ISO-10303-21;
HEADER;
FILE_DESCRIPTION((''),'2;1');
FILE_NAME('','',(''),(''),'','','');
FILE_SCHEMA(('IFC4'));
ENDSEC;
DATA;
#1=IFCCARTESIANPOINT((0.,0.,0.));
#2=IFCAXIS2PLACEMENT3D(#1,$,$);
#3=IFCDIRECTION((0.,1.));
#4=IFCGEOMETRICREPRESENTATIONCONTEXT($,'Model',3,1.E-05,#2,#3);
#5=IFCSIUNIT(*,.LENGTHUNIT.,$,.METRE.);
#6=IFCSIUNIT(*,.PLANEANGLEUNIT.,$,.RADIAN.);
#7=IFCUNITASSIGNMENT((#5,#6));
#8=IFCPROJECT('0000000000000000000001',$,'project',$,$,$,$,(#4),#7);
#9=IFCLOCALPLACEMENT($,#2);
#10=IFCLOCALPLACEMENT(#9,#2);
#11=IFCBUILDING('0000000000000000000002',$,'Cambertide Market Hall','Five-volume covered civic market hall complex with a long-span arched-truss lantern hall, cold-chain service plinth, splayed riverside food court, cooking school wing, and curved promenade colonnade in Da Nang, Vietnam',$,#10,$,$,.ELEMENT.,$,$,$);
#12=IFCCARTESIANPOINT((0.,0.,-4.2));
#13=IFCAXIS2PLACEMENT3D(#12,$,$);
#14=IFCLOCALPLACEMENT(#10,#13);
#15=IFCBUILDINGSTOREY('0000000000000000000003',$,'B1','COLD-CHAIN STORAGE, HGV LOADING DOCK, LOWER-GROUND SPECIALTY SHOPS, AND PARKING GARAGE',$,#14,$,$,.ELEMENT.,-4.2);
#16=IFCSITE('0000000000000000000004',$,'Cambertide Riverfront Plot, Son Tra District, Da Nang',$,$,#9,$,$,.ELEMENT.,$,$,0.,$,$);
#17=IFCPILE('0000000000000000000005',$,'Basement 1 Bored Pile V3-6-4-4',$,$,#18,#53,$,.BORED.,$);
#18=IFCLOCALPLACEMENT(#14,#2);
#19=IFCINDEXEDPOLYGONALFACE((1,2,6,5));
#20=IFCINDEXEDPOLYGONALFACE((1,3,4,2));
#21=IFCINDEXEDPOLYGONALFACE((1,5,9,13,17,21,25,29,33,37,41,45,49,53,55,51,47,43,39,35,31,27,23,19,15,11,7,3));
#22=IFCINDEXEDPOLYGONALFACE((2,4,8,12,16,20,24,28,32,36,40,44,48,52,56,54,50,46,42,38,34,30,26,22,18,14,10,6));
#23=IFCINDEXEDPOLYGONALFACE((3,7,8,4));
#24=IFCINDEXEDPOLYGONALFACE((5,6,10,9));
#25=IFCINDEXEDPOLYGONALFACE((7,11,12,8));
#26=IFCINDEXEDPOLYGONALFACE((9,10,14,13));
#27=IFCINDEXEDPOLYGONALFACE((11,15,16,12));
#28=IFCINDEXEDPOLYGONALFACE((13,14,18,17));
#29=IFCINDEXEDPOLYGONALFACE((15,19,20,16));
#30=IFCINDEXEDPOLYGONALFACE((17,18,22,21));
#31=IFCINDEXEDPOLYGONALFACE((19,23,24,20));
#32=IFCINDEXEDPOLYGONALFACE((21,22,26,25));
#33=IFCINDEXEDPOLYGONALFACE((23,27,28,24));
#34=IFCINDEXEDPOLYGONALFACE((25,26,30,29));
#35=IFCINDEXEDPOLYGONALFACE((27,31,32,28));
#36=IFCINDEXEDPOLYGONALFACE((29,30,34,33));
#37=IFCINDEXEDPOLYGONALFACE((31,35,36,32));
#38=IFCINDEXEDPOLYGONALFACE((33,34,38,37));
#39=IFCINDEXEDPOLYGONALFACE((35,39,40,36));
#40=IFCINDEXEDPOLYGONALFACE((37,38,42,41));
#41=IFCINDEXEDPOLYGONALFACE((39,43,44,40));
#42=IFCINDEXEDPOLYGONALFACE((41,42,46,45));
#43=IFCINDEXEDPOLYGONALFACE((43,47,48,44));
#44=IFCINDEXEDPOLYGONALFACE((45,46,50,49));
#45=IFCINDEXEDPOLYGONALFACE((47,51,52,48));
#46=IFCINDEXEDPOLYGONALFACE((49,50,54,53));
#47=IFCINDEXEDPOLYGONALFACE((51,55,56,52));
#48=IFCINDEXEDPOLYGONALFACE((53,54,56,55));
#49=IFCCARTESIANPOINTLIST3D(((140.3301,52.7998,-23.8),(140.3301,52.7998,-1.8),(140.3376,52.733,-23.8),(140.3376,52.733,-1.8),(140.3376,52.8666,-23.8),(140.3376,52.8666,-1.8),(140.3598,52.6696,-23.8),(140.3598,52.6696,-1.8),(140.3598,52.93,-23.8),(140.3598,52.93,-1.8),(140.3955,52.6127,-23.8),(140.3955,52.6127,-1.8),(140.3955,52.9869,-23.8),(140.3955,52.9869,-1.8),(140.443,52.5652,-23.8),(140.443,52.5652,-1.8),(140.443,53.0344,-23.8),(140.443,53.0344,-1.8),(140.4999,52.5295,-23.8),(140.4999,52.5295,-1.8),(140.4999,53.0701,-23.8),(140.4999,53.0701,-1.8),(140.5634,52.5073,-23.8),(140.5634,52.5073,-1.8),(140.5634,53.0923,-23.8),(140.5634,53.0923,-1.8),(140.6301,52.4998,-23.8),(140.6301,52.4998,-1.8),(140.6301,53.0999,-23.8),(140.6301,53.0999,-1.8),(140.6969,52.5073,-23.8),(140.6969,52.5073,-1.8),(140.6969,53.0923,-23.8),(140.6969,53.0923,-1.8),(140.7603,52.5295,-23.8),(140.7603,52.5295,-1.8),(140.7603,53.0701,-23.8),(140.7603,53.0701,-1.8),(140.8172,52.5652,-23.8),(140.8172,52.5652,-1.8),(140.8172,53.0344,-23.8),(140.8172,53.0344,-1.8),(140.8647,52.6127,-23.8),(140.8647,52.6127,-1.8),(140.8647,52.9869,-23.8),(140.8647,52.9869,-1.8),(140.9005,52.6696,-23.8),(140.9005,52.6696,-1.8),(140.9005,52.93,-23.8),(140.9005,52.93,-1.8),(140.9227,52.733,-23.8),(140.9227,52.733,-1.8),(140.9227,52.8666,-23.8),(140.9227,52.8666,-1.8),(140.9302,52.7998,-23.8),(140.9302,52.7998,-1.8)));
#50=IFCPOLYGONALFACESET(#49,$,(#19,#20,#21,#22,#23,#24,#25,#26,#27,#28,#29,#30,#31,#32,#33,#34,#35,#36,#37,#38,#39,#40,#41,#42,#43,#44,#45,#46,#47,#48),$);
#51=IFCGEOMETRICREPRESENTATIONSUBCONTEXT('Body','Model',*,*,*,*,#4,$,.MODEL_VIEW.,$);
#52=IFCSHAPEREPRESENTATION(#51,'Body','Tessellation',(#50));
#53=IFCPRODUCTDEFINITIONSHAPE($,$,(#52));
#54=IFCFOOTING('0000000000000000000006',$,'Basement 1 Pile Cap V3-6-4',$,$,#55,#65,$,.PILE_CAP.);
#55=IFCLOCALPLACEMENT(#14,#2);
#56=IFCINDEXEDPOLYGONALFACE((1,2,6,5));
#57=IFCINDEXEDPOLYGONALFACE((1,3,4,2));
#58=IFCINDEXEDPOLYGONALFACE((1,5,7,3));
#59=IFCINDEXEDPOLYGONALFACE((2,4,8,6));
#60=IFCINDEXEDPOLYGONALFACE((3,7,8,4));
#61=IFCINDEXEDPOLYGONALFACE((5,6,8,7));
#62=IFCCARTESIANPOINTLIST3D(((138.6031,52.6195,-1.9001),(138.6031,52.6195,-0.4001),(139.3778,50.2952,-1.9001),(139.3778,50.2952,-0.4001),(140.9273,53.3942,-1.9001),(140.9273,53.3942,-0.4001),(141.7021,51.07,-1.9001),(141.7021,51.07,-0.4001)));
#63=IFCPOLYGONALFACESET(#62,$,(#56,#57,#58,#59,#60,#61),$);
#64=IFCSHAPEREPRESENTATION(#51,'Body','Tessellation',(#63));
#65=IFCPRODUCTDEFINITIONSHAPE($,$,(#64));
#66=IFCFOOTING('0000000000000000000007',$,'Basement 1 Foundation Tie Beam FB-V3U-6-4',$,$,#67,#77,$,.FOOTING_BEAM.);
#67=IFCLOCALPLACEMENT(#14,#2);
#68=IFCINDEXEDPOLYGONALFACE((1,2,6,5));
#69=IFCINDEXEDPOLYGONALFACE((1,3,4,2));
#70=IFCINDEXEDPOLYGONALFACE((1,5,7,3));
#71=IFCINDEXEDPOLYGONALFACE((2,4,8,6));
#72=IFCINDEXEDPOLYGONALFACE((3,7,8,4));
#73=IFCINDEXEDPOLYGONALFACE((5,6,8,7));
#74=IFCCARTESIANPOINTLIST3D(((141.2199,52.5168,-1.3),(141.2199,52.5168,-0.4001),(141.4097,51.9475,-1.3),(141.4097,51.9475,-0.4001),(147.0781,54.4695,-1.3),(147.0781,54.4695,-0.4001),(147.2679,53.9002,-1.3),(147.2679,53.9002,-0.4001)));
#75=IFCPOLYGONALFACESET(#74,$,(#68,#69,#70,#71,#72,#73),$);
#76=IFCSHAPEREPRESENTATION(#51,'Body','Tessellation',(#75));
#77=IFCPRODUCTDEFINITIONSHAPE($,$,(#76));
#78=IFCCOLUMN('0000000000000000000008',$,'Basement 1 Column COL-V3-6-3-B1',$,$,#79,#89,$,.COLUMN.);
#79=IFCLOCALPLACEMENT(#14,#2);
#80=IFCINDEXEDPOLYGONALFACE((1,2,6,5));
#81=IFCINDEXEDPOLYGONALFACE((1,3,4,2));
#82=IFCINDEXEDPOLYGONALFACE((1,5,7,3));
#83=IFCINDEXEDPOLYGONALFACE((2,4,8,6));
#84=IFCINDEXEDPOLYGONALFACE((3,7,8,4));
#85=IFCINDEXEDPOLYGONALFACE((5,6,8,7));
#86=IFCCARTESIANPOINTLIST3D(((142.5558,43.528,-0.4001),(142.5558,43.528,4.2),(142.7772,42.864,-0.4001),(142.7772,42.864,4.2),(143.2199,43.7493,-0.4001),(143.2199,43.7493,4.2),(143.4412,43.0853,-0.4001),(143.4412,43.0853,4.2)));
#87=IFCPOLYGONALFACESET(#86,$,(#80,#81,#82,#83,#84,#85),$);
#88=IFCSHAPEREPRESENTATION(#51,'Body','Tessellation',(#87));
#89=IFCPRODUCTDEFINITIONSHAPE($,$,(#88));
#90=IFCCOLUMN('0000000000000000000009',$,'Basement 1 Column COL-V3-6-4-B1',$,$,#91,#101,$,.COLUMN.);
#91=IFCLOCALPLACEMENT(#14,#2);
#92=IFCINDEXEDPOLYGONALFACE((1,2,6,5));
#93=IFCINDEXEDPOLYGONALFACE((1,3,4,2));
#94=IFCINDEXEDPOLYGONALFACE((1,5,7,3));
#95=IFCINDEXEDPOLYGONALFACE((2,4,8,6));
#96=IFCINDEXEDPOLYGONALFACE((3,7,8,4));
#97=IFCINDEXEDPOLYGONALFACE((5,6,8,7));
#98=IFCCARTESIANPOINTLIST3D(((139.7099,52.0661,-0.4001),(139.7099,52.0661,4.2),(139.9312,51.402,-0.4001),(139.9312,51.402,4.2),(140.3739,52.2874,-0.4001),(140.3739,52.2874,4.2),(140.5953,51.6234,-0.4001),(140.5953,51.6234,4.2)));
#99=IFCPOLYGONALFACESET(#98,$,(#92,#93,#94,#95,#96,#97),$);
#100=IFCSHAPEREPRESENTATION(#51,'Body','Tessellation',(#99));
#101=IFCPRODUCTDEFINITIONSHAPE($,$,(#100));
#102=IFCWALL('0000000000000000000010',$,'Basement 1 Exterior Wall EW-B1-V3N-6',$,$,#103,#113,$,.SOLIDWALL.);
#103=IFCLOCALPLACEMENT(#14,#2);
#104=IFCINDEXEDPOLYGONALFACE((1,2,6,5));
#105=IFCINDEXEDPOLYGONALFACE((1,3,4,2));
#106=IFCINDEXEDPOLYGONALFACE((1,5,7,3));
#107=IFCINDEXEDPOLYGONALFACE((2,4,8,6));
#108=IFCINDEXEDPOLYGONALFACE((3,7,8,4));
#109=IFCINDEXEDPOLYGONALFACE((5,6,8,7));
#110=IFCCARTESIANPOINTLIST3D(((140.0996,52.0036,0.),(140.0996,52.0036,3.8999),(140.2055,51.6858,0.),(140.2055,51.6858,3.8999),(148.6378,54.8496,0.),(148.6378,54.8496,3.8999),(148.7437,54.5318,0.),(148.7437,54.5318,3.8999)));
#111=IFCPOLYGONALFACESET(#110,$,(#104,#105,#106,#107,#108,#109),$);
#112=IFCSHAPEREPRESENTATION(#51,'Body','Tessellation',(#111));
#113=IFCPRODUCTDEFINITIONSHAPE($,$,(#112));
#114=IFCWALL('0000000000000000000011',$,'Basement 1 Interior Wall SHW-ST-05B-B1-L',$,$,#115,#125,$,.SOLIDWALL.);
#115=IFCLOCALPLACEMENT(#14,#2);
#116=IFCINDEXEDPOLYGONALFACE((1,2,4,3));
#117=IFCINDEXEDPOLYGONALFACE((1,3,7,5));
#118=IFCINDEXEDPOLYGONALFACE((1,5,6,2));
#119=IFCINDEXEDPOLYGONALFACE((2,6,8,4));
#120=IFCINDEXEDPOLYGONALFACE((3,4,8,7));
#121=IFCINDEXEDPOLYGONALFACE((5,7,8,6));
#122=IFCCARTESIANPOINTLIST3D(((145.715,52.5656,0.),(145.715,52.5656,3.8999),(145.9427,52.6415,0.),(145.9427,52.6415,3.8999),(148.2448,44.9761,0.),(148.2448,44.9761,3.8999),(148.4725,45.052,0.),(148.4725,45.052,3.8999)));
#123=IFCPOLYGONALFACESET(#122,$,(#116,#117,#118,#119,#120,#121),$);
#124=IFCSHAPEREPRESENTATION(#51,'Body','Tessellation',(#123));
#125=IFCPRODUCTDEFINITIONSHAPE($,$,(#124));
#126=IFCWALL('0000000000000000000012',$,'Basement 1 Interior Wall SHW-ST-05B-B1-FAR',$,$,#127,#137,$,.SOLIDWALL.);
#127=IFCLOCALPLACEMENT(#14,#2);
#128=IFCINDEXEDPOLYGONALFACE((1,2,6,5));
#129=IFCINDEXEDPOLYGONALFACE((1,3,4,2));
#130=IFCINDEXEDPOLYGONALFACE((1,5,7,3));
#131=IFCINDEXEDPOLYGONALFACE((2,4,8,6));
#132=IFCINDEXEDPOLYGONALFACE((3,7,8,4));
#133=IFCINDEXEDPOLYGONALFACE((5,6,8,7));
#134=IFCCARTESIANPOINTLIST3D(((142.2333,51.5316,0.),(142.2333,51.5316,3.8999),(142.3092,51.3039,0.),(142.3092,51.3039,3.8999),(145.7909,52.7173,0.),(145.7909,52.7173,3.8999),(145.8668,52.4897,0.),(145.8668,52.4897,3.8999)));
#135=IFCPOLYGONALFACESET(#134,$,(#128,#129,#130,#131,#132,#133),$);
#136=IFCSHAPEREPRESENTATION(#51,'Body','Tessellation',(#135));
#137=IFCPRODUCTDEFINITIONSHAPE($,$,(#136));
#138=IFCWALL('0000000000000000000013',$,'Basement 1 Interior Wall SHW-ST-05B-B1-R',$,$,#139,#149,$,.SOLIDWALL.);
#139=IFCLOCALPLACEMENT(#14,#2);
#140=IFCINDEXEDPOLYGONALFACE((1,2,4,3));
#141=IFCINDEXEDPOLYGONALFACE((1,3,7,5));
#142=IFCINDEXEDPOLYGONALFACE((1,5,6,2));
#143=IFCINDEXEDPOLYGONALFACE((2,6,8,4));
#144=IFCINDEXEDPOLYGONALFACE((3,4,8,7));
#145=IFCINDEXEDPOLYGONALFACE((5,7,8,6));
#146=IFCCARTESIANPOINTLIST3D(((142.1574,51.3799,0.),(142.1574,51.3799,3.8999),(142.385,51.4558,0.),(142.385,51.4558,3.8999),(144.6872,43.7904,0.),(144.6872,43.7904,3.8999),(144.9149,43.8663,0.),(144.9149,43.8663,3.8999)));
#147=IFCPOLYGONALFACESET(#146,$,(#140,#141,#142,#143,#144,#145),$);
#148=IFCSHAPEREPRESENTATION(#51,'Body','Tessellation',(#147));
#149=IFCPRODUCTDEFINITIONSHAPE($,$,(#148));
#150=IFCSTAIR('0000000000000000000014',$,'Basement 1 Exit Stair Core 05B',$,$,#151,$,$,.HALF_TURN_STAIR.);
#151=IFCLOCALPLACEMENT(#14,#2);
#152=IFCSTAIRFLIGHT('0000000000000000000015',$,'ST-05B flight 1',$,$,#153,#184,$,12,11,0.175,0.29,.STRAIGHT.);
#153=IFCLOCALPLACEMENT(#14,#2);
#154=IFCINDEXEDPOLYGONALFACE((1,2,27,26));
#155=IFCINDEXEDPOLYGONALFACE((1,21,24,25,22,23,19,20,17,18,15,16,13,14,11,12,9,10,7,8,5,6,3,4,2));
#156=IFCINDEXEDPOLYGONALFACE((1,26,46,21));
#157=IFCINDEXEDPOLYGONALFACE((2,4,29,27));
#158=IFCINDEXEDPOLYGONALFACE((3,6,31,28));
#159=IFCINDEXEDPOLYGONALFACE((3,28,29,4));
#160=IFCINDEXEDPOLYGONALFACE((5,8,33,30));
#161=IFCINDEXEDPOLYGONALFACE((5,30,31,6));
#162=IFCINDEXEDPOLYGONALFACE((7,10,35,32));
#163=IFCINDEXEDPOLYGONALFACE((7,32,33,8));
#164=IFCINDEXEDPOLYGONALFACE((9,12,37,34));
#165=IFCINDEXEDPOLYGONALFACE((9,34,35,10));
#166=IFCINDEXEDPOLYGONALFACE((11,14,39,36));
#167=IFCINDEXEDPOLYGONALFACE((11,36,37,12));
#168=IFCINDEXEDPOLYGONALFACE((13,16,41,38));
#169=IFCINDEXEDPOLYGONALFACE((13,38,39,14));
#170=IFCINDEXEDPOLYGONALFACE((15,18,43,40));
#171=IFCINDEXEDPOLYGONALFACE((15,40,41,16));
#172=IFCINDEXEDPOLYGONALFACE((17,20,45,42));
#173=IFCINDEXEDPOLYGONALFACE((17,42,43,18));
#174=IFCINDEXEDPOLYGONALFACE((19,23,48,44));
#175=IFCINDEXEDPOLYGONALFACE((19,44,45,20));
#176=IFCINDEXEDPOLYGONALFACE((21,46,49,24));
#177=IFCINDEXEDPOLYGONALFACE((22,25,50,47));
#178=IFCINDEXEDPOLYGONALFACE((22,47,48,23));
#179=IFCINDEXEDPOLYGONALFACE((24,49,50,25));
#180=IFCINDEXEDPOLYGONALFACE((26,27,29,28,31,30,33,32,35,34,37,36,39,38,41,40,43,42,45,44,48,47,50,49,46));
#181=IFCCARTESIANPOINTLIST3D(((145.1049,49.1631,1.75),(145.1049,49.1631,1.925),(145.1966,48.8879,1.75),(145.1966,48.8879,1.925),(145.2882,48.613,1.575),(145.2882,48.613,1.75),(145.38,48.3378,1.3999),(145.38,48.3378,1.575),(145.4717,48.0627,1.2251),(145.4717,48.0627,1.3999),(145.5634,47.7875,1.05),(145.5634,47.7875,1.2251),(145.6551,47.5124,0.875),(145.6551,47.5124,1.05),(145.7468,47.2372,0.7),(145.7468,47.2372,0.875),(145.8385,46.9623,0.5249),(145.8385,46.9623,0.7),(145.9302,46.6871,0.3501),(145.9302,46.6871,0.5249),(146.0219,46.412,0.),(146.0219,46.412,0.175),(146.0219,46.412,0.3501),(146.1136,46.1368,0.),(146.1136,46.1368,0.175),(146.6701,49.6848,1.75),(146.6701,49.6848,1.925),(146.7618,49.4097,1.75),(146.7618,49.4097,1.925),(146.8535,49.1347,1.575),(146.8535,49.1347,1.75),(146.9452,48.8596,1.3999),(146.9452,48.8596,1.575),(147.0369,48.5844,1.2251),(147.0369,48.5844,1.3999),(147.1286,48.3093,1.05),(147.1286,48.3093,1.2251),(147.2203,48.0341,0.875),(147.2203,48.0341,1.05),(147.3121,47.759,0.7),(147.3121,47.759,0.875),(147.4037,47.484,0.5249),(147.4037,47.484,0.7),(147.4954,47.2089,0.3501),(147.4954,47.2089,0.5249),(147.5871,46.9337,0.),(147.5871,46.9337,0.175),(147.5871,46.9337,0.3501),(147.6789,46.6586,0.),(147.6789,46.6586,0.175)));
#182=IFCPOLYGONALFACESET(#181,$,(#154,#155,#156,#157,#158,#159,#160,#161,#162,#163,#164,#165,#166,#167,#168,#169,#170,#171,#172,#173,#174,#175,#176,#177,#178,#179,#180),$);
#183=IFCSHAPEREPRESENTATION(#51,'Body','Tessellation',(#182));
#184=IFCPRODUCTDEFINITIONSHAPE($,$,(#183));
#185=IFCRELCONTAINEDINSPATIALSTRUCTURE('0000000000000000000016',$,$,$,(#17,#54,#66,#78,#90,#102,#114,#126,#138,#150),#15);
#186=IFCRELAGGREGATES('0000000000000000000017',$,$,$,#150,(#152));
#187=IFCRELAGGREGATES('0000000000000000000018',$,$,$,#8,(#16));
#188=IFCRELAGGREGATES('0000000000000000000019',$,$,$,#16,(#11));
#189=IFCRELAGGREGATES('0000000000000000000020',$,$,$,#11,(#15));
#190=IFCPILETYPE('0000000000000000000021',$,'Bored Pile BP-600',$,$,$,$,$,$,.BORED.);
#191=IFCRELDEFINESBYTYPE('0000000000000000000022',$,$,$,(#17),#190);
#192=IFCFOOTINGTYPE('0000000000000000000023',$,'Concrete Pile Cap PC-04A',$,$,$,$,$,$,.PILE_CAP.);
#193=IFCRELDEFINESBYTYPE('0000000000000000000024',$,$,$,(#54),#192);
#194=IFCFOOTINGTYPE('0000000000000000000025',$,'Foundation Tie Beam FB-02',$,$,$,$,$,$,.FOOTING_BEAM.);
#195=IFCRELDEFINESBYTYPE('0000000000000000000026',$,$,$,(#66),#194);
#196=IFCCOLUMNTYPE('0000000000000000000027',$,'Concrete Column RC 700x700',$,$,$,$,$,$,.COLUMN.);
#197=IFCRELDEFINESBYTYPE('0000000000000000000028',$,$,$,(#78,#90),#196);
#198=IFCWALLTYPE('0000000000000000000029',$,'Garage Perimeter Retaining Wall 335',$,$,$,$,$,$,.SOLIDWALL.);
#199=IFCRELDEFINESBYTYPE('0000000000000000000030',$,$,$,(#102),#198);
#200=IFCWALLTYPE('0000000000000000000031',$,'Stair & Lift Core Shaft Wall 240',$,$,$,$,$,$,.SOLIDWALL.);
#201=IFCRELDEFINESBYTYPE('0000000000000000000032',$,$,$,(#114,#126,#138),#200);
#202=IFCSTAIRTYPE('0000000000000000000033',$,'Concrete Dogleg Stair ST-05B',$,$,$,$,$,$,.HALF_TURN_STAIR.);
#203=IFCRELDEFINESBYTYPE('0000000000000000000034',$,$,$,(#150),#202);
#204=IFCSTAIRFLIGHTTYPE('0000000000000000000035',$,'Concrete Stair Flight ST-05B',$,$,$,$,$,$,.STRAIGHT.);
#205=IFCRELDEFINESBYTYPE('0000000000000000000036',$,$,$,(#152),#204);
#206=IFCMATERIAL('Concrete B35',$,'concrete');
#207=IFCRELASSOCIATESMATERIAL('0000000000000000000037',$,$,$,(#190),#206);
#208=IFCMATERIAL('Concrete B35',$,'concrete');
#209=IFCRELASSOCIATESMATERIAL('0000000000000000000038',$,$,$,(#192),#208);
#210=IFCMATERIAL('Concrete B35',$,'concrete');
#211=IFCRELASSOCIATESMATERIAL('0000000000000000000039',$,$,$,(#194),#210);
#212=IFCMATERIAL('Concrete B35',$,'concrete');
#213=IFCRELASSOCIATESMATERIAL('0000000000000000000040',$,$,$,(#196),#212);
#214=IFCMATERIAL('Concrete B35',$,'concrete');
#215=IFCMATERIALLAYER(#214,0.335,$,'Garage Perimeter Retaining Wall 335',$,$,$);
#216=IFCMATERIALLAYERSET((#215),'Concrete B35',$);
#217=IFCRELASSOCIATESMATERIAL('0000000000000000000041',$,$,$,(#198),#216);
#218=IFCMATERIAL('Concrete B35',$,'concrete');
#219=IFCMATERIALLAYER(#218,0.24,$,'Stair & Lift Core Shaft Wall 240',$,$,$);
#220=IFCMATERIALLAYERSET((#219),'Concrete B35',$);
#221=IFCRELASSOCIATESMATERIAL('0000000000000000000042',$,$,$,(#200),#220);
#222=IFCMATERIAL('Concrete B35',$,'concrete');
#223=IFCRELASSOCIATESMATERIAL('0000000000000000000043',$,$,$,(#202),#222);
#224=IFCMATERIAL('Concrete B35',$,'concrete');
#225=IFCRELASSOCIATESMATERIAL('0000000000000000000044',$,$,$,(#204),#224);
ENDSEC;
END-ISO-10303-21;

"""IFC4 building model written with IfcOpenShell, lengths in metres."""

from ifc_helpers import new_model, si_unit, direction, frame, frame_2d, origin, origin_2d, place, context, subcontext, project, spatial, polyline, rectangle, circle, outline, extrude, material, layer, layer_set, material_profile, profile_set, type_object, element, aggregate, save


model = new_model("IFC4")

# Units and contexts
model_context = context("Model", 3, precision=1e-05, world=origin(), true_north=direction((0.0, 1.0)))
body_context = subcontext(model_context, "Body", "Model", "MODEL_VIEW")
ifc_project = project(units=[si_unit("LENGTHUNIT", "METRE"), si_unit("PLANEANGLEUNIT", "RADIAN")], contexts=[model_context])

# Site, building, storey
site_placement = place(None, origin())
site = spatial("IfcSite", under=ifc_project, at=site_placement, Name="Cambertide Riverfront Plot, Son Tra District, Da Nang", CompositionType="ELEMENT", RefElevation=0.0)
building_placement = place(site_placement, origin())
building = spatial("IfcBuilding", under=site, at=building_placement, Name="Cambertide Market Hall", Description="Five-volume covered civic market hall complex with a long-span arched-truss lantern hall, cold-chain service plinth, splayed riverside food court, cooking school wing, and curved promenade colonnade in Da Nang, Vietnam", CompositionType="ELEMENT")
storey_placement = place(building_placement, frame((0.0, 0.0, -4.2)))
storey = spatial("IfcBuildingStorey", under=building, at=storey_placement, Name="B1", Description="COLD-CHAIN STORAGE, HGV LOADING DOCK, LOWER-GROUND SPECIALTY SHOPS, AND PARKING GARAGE", CompositionType="ELEMENT", Elevation=-4.2)

# Pile
ifc_material_1 = material(Name="Concrete B35", Category="concrete")
ifc_material_profile_1 = material_profile(ifc_material_1, circle(Radius=0.3, at=origin_2d()), Name="BP D600")
ifc_profile_set_1 = profile_set([ifc_material_profile_1], Name="Concrete B35")
pile_type = type_object("IfcPileType", Name="Bored Pile BP-600", PredefinedType="BORED", material=ifc_profile_set_1)
for number, where, z_axis, x_axis, name in (
    (1, (140.6301, 52.7998, -1.8), (0.0, 0.0, -1.0), (1.0, 0.0, 0.0), "Basement 1 Bored Pile V3-6-4-4"),
):
    element("IfcPile", number, at=place(storey_placement, frame(where, z_axis=z_axis, x_axis=x_axis)), inside=storey, type_object=pile_type, Name=name, PredefinedType="BORED", context=body_context, shape_type="SweptSolid", body=[
        extrude(circle(Radius=0.3, at=origin_2d()), origin(), (0.0, 0.0, 1.0), 22.0),
    ])

# Footings
ifc_material_2 = material(Name="Concrete B35", Category="concrete")
footing_type_1 = type_object("IfcFootingType", Name="Concrete Pile Cap PC-04A", PredefinedType="PILE_CAP", material=ifc_material_2)
footing_1_placement = place(storey_placement, frame((140.1526, 51.8447, -1.9001), z_axis=(0.0, 0.0, 1.0), x_axis=(0.948683, 0.316228, 0.0)))
element("IfcFooting", 2, at=footing_1_placement, inside=storey, type_object=footing_type_1, Name="Basement 1 Pile Cap V3-6-4", PredefinedType="PILE_CAP", context=body_context, shape_type="SweptSolid", body=[
    extrude(rectangle(XDim=2.45, YDim=2.45, at=origin_2d()), origin(), (0.0, 0.0, 1.0), 1.5),
])
ifc_material_3 = material(Name="Concrete B35", Category="concrete")
footing_type_2 = type_object("IfcFootingType", Name="Foundation Tie Beam FB-02", PredefinedType="FOOTING_BEAM", material=ifc_material_3)
footing_2_placement = place(storey_placement, frame((144.2439, 53.2085, -1.3), z_axis=(0.0, 0.0, 1.0), x_axis=(0.948683, 0.316228, 0.0)))
element("IfcFooting", 3, at=footing_2_placement, inside=storey, type_object=footing_type_2, Name="Basement 1 Foundation Tie Beam FB-V3U-6-4", PredefinedType="FOOTING_BEAM", context=body_context, shape_type="SweptSolid", body=[
    extrude(rectangle(XDim=6.175, YDim=0.6001, at=origin_2d()), origin(), (0.0, 0.0, 1.0), 0.8999),
])

# Columns
ifc_material_4 = material(Name="Concrete B35", Category="concrete")
ifc_material_profile_2 = material_profile(ifc_material_4, rectangle(XDim=0.7, YDim=0.7, at=origin_2d()), Name="RC 700x700")
ifc_profile_set_2 = profile_set([ifc_material_profile_2], Name="Concrete B35")
column_type = type_object("IfcColumnType", Name="Concrete Column RC 700x700", PredefinedType="COLUMN", material=ifc_profile_set_2)
for number, where, z_axis, x_axis, name in (
    (4, (142.9985, 43.3066, -0.4001), (0.0, 0.0, 1.0), (0.948683, 0.316228, 0.0), "Basement 1 Column COL-V3-6-3-B1"),
    (5, (140.1526, 51.8447, -0.4001), (0.0, 0.0, 1.0), (0.948683, 0.316228, 0.0), "Basement 1 Column COL-V3-6-4-B1"),
):
    element("IfcColumn", number, at=place(storey_placement, frame(where, z_axis=z_axis, x_axis=x_axis)), inside=storey, type_object=column_type, Name=name, PredefinedType="COLUMN", context=body_context, shape_type="SweptSolid", body=[
        extrude(rectangle(XDim=0.7, YDim=0.7, at=origin_2d()), origin(), (0.0, 0.0, 1.0), 4.6001),
    ])

# Walls
ifc_material_5 = material(Name="Concrete B35", Category="concrete")
ifc_layer_1 = layer(ifc_material_5, 0.335, Name="Garage Perimeter Retaining Wall 335")
ifc_layer_set_1 = layer_set([ifc_layer_1], Name="Concrete B35")
wall_type_1 = type_object("IfcWallType", Name="Garage Perimeter Retaining Wall 335", PredefinedType="SOLIDWALL", material=ifc_layer_set_1)
wall_1_placement = place(storey_placement, frame((140.1526, 51.8447, 0.0), z_axis=(0.0, 0.0, 1.0), x_axis=(0.948686, 0.31622, 0.0)))
element("IfcWall", 6, at=wall_1_placement, inside=storey, type_object=wall_type_1, Name="Basement 1 Exterior Wall EW-B1-V3N-6", PredefinedType="SOLIDWALL", context=body_context, shape_type="SweptSolid", body=[
    extrude(rectangle(XDim=9.0, YDim=0.335, at=frame_2d((4.5, 0.0))), origin(), (0.0, 0.0, 1.0), 3.8999),
])
ifc_material_6 = material(Name="Concrete B35", Category="concrete")
ifc_layer_2 = layer(ifc_material_6, 0.24, Name="Stair & Lift Core Shaft Wall 240")
ifc_layer_set_2 = layer_set([ifc_layer_2], Name="Concrete B35")
wall_type_2 = type_object("IfcWallType", Name="Stair & Lift Core Shaft Wall 240", PredefinedType="SOLIDWALL", material=ifc_layer_set_2)
wall_2_placement = place(storey_placement, frame((145.8289, 52.6035, 0.0), z_axis=(0.0, 0.0, 1.0), x_axis=(0.316228, -0.948683, 0.0)))
element("IfcWall", 7, at=wall_2_placement, inside=storey, type_object=wall_type_2, Name="Basement 1 Interior Wall SHW-ST-05B-B1-L", PredefinedType="SOLIDWALL", context=body_context, shape_type="SweptSolid", body=[
    extrude(rectangle(XDim=8.0, YDim=0.24, at=frame_2d((4.0, 0.0))), origin(), (0.0, 0.0, 1.0), 3.8999),
])
wall_3_placement = place(storey_placement, frame((142.2712, 51.4177, 0.0), z_axis=(0.0, 0.0, 1.0), x_axis=(0.94869, 0.316208, 0.0)))
element("IfcWall", 8, at=wall_3_placement, inside=storey, type_object=wall_type_2, Name="Basement 1 Interior Wall SHW-ST-05B-B1-FAR", PredefinedType="SOLIDWALL", context=body_context, shape_type="SweptSolid", body=[
    extrude(rectangle(XDim=3.75, YDim=0.24, at=frame_2d((1.875, 0.0))), origin(), (0.0, 0.0, 1.0), 3.8999),
])
wall_4_placement = place(storey_placement, frame((144.801, 43.8284, 0.0), z_axis=(0.0, 0.0, 1.0), x_axis=(-0.316228, 0.948683, 0.0)))
element("IfcWall", 9, at=wall_4_placement, inside=storey, type_object=wall_type_2, Name="Basement 1 Interior Wall SHW-ST-05B-B1-R", PredefinedType="SOLIDWALL", context=body_context, shape_type="SweptSolid", body=[
    extrude(rectangle(XDim=8.0, YDim=0.24, at=frame_2d((4.0, 0.0))), origin(), (0.0, 0.0, 1.0), 3.8999),
])

# Stair, stair flight
ifc_material_7 = material(Name="Concrete B35", Category="concrete")
stair_type_1 = type_object("IfcStairType", Name="Concrete Dogleg Stair ST-05B", PredefinedType="HALF_TURN_STAIR", material=ifc_material_7)
stair_1_placement = place(storey_placement, origin())
stair_1 = element("IfcStair", 10, at=stair_1_placement, inside=storey, type_object=stair_type_1, Name="Basement 1 Exit Stair Core 05B", PredefinedType="HALF_TURN_STAIR")
ifc_material_8 = material(Name="Concrete B35", Category="concrete")
stair_flight_type_1 = type_object("IfcStairFlightType", Name="Concrete Stair Flight ST-05B", PredefinedType="STRAIGHT", material=ifc_material_8)
stair_flight_1_placement = place(storey_placement, frame((146.8962, 46.3977, 0.0), z_axis=(0.0, 0.0, 1.0), x_axis=(-0.316228, 0.948683, 0.0)))
stair_flight_1 = element("IfcStairFlight", 11, at=stair_flight_1_placement, type_object=stair_flight_type_1, Name="ST-05B flight 1", NumberOfRisers=12, NumberOfTreads=11, PredefinedType="STRAIGHT", RiserHeight=0.175, TreadLength=0.29, context=body_context, shape_type="SweptSolid", body=[
    extrude(outline(polyline([(0.0, 0.0), (0.0, 0.175), (0.29, 0.175), (0.29, 0.3501), (0.5801, 0.3501), (0.5801, 0.5249), (0.8701, 0.5249), (0.8701, 0.7), (1.1599, 0.7), (1.1599, 0.875), (1.45, 0.875), (1.45, 1.05), (1.74, 1.05), (1.74, 1.2251), (2.03, 1.2251), (2.03, 1.3999), (2.3201, 1.3999), (2.3201, 1.575), (2.6101, 1.575), (2.6101, 1.75), (2.8999, 1.75), (2.8999, 1.925), (3.1899, 1.925), (3.1899, 2.1001), (3.1899, 1.75), (0.29, 0.0), (0.0, 0.0)])), frame((0.0, 0.825, 0.0), z_axis=(0.0, -1.0, 0.0), x_axis=(1.0, 0.0, 0.0)), (0.0, 0.0, 1.0), 1.6499),
])
aggregate(stair_1, [stair_flight_1])

save(model, "model.ifc")
